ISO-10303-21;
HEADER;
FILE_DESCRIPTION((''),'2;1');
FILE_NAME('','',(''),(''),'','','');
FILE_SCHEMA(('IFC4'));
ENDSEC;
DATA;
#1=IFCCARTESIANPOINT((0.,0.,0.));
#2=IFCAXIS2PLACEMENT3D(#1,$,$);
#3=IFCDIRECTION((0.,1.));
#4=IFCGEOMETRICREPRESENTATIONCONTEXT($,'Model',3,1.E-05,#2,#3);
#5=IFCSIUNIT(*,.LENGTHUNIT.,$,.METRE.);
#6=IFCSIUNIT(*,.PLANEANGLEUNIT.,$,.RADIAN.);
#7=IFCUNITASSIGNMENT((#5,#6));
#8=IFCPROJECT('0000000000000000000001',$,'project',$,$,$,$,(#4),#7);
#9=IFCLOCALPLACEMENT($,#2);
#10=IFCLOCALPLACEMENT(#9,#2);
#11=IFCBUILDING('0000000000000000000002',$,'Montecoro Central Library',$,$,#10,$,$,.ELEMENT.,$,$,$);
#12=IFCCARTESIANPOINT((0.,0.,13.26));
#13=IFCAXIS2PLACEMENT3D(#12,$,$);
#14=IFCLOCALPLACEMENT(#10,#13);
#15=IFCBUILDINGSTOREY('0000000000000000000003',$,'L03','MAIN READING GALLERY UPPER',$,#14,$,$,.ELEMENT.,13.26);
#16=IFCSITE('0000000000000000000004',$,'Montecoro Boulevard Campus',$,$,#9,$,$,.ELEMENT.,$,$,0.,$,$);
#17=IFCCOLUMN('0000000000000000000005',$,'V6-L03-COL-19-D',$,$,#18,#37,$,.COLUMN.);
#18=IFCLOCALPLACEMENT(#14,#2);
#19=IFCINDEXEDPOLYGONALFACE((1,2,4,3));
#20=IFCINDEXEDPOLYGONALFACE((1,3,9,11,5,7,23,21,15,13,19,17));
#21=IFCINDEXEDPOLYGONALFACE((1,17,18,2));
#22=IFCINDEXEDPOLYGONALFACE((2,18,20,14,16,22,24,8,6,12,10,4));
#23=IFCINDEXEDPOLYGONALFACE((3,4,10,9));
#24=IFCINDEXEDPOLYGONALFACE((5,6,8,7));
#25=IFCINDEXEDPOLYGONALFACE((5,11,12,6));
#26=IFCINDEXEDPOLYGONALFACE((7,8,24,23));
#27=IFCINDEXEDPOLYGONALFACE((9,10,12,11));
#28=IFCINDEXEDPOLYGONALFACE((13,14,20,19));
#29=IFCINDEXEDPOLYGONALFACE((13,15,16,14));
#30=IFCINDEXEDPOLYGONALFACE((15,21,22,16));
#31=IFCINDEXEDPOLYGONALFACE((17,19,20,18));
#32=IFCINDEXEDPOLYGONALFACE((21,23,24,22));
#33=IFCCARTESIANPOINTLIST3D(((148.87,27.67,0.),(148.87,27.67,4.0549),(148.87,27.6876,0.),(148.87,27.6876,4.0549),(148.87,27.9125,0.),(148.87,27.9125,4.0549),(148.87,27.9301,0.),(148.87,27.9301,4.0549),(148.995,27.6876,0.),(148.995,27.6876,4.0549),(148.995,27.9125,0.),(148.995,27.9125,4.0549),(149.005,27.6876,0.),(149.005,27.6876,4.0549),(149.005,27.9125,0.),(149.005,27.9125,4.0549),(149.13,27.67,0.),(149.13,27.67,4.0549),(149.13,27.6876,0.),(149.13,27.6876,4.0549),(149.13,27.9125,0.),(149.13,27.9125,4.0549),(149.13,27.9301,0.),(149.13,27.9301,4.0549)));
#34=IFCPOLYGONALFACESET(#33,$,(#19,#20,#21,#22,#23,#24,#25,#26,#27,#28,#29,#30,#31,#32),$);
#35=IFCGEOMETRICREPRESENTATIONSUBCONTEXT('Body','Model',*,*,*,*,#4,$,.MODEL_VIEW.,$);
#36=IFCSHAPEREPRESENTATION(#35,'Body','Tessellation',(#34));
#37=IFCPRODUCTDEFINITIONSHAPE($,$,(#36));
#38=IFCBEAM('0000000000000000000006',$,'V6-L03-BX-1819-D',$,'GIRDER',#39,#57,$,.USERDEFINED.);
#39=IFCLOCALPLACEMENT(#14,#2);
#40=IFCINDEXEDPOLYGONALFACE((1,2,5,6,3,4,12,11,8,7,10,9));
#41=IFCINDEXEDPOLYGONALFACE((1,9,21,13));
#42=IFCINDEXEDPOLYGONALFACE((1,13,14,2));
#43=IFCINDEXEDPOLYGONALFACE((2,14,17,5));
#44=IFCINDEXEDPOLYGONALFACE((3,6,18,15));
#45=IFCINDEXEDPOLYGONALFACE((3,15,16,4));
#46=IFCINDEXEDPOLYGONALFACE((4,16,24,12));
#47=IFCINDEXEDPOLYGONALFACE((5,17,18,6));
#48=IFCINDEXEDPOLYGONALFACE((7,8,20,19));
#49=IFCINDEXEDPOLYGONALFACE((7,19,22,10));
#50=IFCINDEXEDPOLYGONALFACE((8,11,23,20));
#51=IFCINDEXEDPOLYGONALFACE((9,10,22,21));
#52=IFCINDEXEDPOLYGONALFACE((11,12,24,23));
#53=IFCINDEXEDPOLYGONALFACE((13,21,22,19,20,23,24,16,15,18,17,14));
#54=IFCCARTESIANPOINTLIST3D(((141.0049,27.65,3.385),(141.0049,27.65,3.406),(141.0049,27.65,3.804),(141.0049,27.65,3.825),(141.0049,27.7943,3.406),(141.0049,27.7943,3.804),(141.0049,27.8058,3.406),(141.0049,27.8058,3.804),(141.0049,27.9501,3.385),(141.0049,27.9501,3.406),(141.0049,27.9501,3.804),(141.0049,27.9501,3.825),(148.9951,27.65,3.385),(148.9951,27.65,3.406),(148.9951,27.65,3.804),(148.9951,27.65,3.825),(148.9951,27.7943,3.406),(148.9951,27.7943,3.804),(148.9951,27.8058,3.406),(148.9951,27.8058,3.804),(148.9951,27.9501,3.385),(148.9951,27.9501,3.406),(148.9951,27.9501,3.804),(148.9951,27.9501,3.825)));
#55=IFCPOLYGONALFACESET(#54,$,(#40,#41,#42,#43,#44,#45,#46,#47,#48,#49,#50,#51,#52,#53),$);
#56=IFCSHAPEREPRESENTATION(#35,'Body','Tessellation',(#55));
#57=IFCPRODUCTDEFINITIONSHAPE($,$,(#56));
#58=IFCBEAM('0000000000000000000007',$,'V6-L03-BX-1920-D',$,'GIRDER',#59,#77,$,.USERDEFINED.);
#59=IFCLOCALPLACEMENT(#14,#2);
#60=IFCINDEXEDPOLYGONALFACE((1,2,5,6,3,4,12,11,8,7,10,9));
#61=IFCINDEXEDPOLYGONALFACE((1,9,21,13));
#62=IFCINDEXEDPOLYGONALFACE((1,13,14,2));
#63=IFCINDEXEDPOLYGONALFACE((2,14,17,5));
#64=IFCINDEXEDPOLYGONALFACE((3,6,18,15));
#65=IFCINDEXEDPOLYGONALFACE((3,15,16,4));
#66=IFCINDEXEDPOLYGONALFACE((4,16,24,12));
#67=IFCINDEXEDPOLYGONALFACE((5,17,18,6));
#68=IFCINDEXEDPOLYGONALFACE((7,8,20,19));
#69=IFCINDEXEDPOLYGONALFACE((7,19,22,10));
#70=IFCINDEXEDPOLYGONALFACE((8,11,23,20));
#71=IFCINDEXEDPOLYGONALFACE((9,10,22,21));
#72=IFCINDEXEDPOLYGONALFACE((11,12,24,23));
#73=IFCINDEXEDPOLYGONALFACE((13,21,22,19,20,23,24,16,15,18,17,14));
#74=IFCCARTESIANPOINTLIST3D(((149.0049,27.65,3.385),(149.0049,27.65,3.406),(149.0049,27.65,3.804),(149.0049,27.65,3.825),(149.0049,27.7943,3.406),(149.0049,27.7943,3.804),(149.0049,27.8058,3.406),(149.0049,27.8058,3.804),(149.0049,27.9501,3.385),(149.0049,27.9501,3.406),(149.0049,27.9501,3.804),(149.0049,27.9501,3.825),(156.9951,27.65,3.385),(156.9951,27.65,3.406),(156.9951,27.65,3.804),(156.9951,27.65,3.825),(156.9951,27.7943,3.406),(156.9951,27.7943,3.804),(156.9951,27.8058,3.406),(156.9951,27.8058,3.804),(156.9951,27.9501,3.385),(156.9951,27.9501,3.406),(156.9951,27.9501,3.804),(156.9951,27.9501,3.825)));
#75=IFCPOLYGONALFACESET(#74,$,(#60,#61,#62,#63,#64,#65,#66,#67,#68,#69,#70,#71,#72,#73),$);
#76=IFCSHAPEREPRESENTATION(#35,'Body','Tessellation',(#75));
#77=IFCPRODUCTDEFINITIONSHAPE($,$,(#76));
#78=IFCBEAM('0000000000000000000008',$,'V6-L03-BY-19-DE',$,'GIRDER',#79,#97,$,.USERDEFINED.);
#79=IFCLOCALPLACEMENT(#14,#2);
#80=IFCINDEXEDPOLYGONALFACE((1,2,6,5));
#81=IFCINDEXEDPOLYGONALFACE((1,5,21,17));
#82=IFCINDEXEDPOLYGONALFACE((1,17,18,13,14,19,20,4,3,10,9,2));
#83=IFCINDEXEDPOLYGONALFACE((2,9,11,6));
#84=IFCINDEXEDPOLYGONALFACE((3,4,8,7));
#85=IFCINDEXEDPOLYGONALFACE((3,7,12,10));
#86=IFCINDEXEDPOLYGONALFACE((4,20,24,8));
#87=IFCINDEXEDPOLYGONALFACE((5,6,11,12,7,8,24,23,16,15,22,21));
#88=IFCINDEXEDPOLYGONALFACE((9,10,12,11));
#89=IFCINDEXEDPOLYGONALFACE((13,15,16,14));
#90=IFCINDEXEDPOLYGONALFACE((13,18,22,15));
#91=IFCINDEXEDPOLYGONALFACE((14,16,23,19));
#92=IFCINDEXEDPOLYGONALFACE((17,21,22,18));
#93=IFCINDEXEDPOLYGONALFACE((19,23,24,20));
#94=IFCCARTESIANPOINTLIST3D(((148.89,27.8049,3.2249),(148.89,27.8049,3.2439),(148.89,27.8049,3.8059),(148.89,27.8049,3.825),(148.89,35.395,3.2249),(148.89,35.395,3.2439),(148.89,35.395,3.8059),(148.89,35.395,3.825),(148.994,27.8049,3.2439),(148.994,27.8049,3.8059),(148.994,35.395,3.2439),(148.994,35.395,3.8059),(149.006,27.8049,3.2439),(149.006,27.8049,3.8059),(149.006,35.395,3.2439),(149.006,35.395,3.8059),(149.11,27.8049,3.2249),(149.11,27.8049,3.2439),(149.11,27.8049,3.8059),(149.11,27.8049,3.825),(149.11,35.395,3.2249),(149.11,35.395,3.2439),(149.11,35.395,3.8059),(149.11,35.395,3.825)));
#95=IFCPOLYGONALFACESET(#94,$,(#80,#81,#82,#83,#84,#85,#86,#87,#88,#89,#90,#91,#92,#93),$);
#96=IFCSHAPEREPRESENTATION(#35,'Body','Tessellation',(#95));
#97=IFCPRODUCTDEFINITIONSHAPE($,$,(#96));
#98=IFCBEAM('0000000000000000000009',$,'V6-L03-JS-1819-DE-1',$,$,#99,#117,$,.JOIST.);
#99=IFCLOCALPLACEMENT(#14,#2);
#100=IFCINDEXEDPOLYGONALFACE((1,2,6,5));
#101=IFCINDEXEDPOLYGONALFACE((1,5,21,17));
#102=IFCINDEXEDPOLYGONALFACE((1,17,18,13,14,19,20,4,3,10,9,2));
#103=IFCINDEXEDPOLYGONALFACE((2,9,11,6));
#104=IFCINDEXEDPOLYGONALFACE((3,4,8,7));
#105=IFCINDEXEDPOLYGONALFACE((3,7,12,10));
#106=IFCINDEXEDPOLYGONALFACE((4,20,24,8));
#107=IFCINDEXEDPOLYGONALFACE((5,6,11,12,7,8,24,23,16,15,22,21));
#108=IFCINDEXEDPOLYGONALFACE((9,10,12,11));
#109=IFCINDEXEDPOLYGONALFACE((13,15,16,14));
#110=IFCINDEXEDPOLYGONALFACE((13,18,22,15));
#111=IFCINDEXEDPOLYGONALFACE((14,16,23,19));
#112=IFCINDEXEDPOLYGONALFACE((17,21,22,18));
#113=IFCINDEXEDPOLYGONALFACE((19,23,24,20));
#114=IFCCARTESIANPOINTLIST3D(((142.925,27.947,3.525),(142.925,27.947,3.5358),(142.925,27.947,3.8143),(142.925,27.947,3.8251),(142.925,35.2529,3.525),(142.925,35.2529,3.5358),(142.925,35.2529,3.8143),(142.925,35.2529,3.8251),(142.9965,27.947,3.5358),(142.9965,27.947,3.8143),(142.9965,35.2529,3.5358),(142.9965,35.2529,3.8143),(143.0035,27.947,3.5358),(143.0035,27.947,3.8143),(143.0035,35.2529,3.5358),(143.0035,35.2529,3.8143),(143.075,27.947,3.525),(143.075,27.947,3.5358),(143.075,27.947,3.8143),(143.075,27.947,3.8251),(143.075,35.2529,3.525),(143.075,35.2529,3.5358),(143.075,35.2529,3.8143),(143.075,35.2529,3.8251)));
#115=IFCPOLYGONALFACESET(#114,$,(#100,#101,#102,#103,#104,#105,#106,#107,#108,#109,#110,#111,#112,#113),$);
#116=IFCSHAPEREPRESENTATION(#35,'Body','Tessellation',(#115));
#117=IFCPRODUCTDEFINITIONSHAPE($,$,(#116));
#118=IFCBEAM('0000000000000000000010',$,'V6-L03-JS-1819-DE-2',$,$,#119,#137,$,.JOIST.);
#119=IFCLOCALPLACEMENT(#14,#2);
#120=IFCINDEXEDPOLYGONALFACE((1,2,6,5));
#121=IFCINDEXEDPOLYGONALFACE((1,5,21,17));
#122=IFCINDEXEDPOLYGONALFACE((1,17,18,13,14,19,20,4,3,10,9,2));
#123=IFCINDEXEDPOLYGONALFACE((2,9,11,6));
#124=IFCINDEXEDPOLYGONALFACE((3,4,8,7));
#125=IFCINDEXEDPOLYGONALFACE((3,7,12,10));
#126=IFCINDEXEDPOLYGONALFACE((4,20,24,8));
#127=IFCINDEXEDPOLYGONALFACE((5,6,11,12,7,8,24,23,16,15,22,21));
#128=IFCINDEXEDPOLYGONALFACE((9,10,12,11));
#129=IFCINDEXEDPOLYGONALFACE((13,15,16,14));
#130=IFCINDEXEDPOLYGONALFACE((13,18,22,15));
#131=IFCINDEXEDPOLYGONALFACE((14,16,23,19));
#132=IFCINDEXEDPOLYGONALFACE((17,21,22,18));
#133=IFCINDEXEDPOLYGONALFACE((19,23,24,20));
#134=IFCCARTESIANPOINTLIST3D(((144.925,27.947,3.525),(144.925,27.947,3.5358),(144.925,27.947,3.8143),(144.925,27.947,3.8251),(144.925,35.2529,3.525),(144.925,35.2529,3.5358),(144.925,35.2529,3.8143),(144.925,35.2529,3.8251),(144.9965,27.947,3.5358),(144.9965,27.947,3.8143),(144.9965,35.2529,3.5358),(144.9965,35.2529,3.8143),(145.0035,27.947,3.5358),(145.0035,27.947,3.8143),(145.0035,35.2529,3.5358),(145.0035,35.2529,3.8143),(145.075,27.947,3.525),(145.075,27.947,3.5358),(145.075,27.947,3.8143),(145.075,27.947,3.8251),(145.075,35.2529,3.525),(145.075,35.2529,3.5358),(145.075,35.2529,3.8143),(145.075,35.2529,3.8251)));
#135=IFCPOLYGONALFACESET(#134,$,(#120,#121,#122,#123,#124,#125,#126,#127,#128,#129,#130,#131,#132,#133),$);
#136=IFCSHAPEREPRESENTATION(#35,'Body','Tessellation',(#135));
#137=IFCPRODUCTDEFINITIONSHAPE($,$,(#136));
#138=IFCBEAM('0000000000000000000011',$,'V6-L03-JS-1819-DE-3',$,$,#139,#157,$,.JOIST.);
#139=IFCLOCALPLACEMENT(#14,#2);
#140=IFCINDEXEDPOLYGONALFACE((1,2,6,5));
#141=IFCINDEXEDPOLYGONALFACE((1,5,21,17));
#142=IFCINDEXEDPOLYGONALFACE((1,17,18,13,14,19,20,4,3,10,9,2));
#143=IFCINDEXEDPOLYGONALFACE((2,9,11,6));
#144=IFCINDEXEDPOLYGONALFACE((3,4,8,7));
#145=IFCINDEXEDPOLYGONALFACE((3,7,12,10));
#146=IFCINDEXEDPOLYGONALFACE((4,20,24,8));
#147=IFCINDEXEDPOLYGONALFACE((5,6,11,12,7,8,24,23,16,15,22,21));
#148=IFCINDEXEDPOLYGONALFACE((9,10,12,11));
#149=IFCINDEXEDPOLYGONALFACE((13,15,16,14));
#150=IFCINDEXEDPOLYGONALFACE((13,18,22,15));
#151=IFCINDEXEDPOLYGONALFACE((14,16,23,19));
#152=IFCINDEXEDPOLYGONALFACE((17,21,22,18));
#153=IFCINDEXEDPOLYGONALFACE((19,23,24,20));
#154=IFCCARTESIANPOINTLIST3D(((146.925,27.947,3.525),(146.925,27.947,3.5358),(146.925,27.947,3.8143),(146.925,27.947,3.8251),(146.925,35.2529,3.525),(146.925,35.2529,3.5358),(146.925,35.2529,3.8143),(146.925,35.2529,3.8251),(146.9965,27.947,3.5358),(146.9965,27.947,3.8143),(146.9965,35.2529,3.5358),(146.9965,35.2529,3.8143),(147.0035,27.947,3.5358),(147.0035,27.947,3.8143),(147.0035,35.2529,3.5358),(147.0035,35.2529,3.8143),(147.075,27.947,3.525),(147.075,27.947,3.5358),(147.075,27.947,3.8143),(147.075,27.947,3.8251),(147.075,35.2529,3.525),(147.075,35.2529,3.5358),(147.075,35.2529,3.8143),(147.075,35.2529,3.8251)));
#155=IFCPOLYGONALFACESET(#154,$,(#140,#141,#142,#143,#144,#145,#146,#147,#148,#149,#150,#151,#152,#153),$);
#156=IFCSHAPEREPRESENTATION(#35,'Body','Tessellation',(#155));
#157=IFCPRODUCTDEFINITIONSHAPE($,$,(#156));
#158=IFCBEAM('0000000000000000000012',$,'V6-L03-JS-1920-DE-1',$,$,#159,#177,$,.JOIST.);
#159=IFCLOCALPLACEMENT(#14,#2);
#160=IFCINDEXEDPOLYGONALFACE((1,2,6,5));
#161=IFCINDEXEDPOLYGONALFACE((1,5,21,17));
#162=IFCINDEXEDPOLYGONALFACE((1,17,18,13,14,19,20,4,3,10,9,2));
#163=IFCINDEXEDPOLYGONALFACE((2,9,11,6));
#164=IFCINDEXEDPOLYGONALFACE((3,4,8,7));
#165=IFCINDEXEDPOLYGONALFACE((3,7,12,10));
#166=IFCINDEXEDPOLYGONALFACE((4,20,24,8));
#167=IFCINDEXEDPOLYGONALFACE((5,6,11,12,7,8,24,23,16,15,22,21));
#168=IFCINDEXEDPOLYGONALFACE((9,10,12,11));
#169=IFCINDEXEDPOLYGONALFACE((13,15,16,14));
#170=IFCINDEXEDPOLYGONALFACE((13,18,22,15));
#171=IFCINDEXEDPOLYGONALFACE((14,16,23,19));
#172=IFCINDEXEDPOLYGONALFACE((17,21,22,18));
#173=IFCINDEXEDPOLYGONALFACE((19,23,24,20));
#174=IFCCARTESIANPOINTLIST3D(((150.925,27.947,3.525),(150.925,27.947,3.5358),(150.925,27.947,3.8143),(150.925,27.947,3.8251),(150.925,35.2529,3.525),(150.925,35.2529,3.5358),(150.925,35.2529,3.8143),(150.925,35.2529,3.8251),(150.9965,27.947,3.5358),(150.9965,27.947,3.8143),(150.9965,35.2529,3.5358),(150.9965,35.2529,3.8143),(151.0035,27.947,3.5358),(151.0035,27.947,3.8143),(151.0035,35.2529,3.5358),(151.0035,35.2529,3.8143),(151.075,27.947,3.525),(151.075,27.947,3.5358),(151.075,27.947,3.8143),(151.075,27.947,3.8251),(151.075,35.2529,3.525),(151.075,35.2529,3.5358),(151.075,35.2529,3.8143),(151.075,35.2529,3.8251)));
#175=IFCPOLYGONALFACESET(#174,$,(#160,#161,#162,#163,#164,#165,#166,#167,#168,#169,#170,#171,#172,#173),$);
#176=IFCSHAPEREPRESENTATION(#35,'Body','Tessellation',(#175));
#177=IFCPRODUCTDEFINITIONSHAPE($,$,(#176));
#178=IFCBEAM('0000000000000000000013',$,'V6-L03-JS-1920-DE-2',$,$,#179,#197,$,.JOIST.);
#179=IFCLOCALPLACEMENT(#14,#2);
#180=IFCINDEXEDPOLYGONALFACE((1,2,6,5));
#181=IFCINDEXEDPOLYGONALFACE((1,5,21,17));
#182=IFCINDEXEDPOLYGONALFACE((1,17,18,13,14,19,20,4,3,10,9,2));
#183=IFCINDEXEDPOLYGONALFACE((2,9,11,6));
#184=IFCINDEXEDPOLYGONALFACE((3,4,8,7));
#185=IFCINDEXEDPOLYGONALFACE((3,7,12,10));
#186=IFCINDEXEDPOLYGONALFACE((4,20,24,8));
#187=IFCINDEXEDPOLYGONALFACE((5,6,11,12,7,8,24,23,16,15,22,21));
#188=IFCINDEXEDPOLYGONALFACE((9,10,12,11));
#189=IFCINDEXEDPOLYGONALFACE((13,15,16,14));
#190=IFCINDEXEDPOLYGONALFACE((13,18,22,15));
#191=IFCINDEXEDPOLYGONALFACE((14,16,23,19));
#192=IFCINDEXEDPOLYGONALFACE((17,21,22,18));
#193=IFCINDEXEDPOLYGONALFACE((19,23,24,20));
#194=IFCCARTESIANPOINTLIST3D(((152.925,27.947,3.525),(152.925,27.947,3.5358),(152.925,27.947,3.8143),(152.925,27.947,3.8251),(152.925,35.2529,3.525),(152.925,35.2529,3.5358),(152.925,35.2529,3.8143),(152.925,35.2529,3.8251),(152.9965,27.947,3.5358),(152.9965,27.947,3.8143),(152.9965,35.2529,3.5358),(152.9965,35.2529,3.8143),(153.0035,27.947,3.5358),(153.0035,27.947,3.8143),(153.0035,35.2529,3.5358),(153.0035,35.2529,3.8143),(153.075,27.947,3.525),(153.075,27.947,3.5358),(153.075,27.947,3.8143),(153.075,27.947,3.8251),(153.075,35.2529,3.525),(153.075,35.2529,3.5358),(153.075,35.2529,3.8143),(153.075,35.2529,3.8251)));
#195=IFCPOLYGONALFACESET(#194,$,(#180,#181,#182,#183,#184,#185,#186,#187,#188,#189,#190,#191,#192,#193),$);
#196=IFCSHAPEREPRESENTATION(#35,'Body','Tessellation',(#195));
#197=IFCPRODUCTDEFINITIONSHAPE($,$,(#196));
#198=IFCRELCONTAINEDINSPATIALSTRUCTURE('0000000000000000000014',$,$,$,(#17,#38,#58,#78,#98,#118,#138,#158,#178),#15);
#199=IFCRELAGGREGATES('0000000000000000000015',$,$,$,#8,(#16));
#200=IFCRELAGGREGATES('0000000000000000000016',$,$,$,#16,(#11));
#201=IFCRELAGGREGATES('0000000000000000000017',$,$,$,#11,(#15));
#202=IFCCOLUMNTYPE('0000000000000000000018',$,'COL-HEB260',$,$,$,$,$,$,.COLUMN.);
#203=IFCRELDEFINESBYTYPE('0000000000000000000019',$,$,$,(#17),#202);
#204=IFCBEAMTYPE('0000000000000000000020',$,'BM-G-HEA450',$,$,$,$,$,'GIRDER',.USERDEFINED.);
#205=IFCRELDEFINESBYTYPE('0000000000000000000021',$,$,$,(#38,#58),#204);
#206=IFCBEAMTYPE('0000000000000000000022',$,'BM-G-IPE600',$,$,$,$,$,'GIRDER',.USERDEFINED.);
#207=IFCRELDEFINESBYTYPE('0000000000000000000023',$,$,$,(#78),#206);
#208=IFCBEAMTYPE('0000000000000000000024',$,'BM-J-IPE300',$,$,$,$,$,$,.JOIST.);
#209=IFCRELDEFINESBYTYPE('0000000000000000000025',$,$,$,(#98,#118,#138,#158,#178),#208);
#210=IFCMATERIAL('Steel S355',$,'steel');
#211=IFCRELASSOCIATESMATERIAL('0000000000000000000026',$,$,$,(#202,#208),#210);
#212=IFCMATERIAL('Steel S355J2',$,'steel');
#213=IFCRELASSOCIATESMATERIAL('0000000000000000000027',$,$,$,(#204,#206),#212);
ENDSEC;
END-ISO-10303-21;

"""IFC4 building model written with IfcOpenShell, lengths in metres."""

from ifc_helpers import new_model, si_unit, direction, frame, origin, origin_2d, place, context, subcontext, project, spatial, i_section, extrude, material, material_profile, profile_set, type_object, element, save


model = new_model("IFC4")

# Units and contexts
model_context = context("Model", 3, precision=1e-05, world=origin(), true_north=direction((0.0, 1.0)))
body_context = subcontext(model_context, "Body", "Model", "MODEL_VIEW")
ifc_project = project(units=[si_unit("LENGTHUNIT", "METRE"), si_unit("PLANEANGLEUNIT", "RADIAN")], contexts=[model_context])

# Site, building, storey
site_placement = place(None, origin())
site = spatial("IfcSite", under=ifc_project, at=site_placement, Name="Montecoro Boulevard Campus", CompositionType="ELEMENT", RefElevation=0.0)
building_placement = place(site_placement, origin())
building = spatial("IfcBuilding", under=site, at=building_placement, Name="Montecoro Central Library", CompositionType="ELEMENT")
storey_placement = place(building_placement, frame((0.0, 0.0, 13.26)))
storey = spatial("IfcBuildingStorey", under=building, at=storey_placement, Name="L03", Description="MAIN READING GALLERY UPPER", CompositionType="ELEMENT", Elevation=13.26)

# Column
ifc_material_1 = material(Name="Steel S355", Category="steel")
ifc_material_profile_1 = material_profile(ifc_material_1, i_section(OverallWidth=0.26, OverallDepth=0.26, WebThickness=0.01, FlangeThickness=0.0176, at=origin_2d()), Name="HEB 260")
ifc_profile_set_1 = profile_set([ifc_material_profile_1], Name="Steel S355")
column_type = type_object("IfcColumnType", Name="COL-HEB260", PredefinedType="COLUMN", material=ifc_profile_set_1)
column_placement = place(storey_placement, frame((149.0, 27.8, 0.0), z_axis=(0.0, 0.0, 1.0), x_axis=(1.0, 0.0, 0.0)))
element("IfcColumn", 1, at=column_placement, inside=storey, type_object=column_type, Name="V6-L03-COL-19-D", PredefinedType="COLUMN", context=body_context, shape_type="SweptSolid", body=[
    extrude(i_section(OverallWidth=0.26, OverallDepth=0.26, WebThickness=0.01, FlangeThickness=0.0176, at=origin_2d()), origin(), (0.0, 0.0, 1.0), 4.0549),
])

# Beams
ifc_material_2 = material(Name="Steel S355J2", Category="steel")
ifc_material_profile_2 = material_profile(ifc_material_2, i_section(OverallWidth=0.3, OverallDepth=0.4399, WebThickness=0.0115, FlangeThickness=0.021, at=origin_2d()), Name="HEA 450")
ifc_profile_set_2 = profile_set([ifc_material_profile_2], Name="Steel S355J2")
beam_type_1 = type_object("IfcBeamType", Name="BM-G-HEA450", ElementType="GIRDER", PredefinedType="USERDEFINED", material=ifc_profile_set_2)
for number, where, z_axis, x_axis, name in (
    (2, (141.0049, 27.8, 3.605), (1.0, 0.0, 0.0), (0.0, 1.0, 0.0), "V6-L03-BX-1819-D"),
    (3, (149.0049, 27.8, 3.605), (1.0, 0.0, 0.0), (0.0, 1.0, 0.0), "V6-L03-BX-1920-D"),
):
    element("IfcBeam", number, at=place(storey_placement, frame(where, z_axis=z_axis, x_axis=x_axis)), inside=storey, type_object=beam_type_1, Name=name, ObjectType="GIRDER", PredefinedType="USERDEFINED", context=body_context, shape_type="SweptSolid", body=[
        extrude(i_section(OverallWidth=0.3, OverallDepth=0.4399, WebThickness=0.0115, FlangeThickness=0.021, at=origin_2d()), origin(), (0.0, 0.0, 1.0), 7.9902),
    ])
ifc_material_profile_3 = material_profile(ifc_material_2, i_section(OverallWidth=0.22, OverallDepth=0.6001, WebThickness=0.012, FlangeThickness=0.019, at=origin_2d()), Name="IPE 600")
ifc_profile_set_3 = profile_set([ifc_material_profile_3], Name="Steel S355J2")
beam_type_2 = type_object("IfcBeamType", Name="BM-G-IPE600", ElementType="GIRDER", PredefinedType="USERDEFINED", material=ifc_profile_set_3)
beam_placement = place(storey_placement, frame((149.0, 27.8049, 3.5249), z_axis=(0.0, 1.0, 0.0), x_axis=(-1.0, 0.0, 0.0)))
element("IfcBeam", 4, at=beam_placement, inside=storey, type_object=beam_type_2, Name="V6-L03-BY-19-DE", ObjectType="GIRDER", PredefinedType="USERDEFINED", context=body_context, shape_type="SweptSolid", body=[
    extrude(i_section(OverallWidth=0.22, OverallDepth=0.6001, WebThickness=0.012, FlangeThickness=0.019, at=origin_2d()), origin(), (0.0, 0.0, 1.0), 7.5901),
])
ifc_material_profile_4 = material_profile(ifc_material_1, i_section(OverallWidth=0.1499, OverallDepth=0.3, WebThickness=0.0071, FlangeThickness=0.0107, at=origin_2d()), Name="IPE 300")
ifc_profile_set_4 = profile_set([ifc_material_profile_4], Name="Steel S355")
beam_type_3 = type_object("IfcBeamType", Name="BM-J-IPE300", PredefinedType="JOIST", material=ifc_profile_set_4)
for number, where, z_axis, x_axis, name in (
    (5, (143.0, 27.947, 3.675), (0.0, 1.0, 0.0), (-1.0, 0.0, 0.0), "V6-L03-JS-1819-DE-1"),
    (6, (145.0, 27.947, 3.675), (0.0, 1.0, 0.0), (-1.0, 0.0, 0.0), "V6-L03-JS-1819-DE-2"),
    (7, (147.0, 27.947, 3.675), (0.0, 1.0, 0.0), (-1.0, 0.0, 0.0), "V6-L03-JS-1819-DE-3"),
    (8, (151.0, 27.947, 3.675), (0.0, 1.0, 0.0), (-1.0, 0.0, 0.0), "V6-L03-JS-1920-DE-1"),
    (9, (153.0, 27.947, 3.675), (0.0, 1.0, 0.0), (-1.0, 0.0, 0.0), "V6-L03-JS-1920-DE-2"),
):
    element("IfcBeam", number, at=place(storey_placement, frame(where, z_axis=z_axis, x_axis=x_axis)), inside=storey, type_object=beam_type_3, Name=name, PredefinedType="JOIST", context=body_context, shape_type="SweptSolid", body=[
        extrude(i_section(OverallWidth=0.1499, OverallDepth=0.3, WebThickness=0.0071, FlangeThickness=0.0107, at=origin_2d()), origin(), (0.0, 0.0, 1.0), 7.3059),
    ])

save(model, "model.ifc")
